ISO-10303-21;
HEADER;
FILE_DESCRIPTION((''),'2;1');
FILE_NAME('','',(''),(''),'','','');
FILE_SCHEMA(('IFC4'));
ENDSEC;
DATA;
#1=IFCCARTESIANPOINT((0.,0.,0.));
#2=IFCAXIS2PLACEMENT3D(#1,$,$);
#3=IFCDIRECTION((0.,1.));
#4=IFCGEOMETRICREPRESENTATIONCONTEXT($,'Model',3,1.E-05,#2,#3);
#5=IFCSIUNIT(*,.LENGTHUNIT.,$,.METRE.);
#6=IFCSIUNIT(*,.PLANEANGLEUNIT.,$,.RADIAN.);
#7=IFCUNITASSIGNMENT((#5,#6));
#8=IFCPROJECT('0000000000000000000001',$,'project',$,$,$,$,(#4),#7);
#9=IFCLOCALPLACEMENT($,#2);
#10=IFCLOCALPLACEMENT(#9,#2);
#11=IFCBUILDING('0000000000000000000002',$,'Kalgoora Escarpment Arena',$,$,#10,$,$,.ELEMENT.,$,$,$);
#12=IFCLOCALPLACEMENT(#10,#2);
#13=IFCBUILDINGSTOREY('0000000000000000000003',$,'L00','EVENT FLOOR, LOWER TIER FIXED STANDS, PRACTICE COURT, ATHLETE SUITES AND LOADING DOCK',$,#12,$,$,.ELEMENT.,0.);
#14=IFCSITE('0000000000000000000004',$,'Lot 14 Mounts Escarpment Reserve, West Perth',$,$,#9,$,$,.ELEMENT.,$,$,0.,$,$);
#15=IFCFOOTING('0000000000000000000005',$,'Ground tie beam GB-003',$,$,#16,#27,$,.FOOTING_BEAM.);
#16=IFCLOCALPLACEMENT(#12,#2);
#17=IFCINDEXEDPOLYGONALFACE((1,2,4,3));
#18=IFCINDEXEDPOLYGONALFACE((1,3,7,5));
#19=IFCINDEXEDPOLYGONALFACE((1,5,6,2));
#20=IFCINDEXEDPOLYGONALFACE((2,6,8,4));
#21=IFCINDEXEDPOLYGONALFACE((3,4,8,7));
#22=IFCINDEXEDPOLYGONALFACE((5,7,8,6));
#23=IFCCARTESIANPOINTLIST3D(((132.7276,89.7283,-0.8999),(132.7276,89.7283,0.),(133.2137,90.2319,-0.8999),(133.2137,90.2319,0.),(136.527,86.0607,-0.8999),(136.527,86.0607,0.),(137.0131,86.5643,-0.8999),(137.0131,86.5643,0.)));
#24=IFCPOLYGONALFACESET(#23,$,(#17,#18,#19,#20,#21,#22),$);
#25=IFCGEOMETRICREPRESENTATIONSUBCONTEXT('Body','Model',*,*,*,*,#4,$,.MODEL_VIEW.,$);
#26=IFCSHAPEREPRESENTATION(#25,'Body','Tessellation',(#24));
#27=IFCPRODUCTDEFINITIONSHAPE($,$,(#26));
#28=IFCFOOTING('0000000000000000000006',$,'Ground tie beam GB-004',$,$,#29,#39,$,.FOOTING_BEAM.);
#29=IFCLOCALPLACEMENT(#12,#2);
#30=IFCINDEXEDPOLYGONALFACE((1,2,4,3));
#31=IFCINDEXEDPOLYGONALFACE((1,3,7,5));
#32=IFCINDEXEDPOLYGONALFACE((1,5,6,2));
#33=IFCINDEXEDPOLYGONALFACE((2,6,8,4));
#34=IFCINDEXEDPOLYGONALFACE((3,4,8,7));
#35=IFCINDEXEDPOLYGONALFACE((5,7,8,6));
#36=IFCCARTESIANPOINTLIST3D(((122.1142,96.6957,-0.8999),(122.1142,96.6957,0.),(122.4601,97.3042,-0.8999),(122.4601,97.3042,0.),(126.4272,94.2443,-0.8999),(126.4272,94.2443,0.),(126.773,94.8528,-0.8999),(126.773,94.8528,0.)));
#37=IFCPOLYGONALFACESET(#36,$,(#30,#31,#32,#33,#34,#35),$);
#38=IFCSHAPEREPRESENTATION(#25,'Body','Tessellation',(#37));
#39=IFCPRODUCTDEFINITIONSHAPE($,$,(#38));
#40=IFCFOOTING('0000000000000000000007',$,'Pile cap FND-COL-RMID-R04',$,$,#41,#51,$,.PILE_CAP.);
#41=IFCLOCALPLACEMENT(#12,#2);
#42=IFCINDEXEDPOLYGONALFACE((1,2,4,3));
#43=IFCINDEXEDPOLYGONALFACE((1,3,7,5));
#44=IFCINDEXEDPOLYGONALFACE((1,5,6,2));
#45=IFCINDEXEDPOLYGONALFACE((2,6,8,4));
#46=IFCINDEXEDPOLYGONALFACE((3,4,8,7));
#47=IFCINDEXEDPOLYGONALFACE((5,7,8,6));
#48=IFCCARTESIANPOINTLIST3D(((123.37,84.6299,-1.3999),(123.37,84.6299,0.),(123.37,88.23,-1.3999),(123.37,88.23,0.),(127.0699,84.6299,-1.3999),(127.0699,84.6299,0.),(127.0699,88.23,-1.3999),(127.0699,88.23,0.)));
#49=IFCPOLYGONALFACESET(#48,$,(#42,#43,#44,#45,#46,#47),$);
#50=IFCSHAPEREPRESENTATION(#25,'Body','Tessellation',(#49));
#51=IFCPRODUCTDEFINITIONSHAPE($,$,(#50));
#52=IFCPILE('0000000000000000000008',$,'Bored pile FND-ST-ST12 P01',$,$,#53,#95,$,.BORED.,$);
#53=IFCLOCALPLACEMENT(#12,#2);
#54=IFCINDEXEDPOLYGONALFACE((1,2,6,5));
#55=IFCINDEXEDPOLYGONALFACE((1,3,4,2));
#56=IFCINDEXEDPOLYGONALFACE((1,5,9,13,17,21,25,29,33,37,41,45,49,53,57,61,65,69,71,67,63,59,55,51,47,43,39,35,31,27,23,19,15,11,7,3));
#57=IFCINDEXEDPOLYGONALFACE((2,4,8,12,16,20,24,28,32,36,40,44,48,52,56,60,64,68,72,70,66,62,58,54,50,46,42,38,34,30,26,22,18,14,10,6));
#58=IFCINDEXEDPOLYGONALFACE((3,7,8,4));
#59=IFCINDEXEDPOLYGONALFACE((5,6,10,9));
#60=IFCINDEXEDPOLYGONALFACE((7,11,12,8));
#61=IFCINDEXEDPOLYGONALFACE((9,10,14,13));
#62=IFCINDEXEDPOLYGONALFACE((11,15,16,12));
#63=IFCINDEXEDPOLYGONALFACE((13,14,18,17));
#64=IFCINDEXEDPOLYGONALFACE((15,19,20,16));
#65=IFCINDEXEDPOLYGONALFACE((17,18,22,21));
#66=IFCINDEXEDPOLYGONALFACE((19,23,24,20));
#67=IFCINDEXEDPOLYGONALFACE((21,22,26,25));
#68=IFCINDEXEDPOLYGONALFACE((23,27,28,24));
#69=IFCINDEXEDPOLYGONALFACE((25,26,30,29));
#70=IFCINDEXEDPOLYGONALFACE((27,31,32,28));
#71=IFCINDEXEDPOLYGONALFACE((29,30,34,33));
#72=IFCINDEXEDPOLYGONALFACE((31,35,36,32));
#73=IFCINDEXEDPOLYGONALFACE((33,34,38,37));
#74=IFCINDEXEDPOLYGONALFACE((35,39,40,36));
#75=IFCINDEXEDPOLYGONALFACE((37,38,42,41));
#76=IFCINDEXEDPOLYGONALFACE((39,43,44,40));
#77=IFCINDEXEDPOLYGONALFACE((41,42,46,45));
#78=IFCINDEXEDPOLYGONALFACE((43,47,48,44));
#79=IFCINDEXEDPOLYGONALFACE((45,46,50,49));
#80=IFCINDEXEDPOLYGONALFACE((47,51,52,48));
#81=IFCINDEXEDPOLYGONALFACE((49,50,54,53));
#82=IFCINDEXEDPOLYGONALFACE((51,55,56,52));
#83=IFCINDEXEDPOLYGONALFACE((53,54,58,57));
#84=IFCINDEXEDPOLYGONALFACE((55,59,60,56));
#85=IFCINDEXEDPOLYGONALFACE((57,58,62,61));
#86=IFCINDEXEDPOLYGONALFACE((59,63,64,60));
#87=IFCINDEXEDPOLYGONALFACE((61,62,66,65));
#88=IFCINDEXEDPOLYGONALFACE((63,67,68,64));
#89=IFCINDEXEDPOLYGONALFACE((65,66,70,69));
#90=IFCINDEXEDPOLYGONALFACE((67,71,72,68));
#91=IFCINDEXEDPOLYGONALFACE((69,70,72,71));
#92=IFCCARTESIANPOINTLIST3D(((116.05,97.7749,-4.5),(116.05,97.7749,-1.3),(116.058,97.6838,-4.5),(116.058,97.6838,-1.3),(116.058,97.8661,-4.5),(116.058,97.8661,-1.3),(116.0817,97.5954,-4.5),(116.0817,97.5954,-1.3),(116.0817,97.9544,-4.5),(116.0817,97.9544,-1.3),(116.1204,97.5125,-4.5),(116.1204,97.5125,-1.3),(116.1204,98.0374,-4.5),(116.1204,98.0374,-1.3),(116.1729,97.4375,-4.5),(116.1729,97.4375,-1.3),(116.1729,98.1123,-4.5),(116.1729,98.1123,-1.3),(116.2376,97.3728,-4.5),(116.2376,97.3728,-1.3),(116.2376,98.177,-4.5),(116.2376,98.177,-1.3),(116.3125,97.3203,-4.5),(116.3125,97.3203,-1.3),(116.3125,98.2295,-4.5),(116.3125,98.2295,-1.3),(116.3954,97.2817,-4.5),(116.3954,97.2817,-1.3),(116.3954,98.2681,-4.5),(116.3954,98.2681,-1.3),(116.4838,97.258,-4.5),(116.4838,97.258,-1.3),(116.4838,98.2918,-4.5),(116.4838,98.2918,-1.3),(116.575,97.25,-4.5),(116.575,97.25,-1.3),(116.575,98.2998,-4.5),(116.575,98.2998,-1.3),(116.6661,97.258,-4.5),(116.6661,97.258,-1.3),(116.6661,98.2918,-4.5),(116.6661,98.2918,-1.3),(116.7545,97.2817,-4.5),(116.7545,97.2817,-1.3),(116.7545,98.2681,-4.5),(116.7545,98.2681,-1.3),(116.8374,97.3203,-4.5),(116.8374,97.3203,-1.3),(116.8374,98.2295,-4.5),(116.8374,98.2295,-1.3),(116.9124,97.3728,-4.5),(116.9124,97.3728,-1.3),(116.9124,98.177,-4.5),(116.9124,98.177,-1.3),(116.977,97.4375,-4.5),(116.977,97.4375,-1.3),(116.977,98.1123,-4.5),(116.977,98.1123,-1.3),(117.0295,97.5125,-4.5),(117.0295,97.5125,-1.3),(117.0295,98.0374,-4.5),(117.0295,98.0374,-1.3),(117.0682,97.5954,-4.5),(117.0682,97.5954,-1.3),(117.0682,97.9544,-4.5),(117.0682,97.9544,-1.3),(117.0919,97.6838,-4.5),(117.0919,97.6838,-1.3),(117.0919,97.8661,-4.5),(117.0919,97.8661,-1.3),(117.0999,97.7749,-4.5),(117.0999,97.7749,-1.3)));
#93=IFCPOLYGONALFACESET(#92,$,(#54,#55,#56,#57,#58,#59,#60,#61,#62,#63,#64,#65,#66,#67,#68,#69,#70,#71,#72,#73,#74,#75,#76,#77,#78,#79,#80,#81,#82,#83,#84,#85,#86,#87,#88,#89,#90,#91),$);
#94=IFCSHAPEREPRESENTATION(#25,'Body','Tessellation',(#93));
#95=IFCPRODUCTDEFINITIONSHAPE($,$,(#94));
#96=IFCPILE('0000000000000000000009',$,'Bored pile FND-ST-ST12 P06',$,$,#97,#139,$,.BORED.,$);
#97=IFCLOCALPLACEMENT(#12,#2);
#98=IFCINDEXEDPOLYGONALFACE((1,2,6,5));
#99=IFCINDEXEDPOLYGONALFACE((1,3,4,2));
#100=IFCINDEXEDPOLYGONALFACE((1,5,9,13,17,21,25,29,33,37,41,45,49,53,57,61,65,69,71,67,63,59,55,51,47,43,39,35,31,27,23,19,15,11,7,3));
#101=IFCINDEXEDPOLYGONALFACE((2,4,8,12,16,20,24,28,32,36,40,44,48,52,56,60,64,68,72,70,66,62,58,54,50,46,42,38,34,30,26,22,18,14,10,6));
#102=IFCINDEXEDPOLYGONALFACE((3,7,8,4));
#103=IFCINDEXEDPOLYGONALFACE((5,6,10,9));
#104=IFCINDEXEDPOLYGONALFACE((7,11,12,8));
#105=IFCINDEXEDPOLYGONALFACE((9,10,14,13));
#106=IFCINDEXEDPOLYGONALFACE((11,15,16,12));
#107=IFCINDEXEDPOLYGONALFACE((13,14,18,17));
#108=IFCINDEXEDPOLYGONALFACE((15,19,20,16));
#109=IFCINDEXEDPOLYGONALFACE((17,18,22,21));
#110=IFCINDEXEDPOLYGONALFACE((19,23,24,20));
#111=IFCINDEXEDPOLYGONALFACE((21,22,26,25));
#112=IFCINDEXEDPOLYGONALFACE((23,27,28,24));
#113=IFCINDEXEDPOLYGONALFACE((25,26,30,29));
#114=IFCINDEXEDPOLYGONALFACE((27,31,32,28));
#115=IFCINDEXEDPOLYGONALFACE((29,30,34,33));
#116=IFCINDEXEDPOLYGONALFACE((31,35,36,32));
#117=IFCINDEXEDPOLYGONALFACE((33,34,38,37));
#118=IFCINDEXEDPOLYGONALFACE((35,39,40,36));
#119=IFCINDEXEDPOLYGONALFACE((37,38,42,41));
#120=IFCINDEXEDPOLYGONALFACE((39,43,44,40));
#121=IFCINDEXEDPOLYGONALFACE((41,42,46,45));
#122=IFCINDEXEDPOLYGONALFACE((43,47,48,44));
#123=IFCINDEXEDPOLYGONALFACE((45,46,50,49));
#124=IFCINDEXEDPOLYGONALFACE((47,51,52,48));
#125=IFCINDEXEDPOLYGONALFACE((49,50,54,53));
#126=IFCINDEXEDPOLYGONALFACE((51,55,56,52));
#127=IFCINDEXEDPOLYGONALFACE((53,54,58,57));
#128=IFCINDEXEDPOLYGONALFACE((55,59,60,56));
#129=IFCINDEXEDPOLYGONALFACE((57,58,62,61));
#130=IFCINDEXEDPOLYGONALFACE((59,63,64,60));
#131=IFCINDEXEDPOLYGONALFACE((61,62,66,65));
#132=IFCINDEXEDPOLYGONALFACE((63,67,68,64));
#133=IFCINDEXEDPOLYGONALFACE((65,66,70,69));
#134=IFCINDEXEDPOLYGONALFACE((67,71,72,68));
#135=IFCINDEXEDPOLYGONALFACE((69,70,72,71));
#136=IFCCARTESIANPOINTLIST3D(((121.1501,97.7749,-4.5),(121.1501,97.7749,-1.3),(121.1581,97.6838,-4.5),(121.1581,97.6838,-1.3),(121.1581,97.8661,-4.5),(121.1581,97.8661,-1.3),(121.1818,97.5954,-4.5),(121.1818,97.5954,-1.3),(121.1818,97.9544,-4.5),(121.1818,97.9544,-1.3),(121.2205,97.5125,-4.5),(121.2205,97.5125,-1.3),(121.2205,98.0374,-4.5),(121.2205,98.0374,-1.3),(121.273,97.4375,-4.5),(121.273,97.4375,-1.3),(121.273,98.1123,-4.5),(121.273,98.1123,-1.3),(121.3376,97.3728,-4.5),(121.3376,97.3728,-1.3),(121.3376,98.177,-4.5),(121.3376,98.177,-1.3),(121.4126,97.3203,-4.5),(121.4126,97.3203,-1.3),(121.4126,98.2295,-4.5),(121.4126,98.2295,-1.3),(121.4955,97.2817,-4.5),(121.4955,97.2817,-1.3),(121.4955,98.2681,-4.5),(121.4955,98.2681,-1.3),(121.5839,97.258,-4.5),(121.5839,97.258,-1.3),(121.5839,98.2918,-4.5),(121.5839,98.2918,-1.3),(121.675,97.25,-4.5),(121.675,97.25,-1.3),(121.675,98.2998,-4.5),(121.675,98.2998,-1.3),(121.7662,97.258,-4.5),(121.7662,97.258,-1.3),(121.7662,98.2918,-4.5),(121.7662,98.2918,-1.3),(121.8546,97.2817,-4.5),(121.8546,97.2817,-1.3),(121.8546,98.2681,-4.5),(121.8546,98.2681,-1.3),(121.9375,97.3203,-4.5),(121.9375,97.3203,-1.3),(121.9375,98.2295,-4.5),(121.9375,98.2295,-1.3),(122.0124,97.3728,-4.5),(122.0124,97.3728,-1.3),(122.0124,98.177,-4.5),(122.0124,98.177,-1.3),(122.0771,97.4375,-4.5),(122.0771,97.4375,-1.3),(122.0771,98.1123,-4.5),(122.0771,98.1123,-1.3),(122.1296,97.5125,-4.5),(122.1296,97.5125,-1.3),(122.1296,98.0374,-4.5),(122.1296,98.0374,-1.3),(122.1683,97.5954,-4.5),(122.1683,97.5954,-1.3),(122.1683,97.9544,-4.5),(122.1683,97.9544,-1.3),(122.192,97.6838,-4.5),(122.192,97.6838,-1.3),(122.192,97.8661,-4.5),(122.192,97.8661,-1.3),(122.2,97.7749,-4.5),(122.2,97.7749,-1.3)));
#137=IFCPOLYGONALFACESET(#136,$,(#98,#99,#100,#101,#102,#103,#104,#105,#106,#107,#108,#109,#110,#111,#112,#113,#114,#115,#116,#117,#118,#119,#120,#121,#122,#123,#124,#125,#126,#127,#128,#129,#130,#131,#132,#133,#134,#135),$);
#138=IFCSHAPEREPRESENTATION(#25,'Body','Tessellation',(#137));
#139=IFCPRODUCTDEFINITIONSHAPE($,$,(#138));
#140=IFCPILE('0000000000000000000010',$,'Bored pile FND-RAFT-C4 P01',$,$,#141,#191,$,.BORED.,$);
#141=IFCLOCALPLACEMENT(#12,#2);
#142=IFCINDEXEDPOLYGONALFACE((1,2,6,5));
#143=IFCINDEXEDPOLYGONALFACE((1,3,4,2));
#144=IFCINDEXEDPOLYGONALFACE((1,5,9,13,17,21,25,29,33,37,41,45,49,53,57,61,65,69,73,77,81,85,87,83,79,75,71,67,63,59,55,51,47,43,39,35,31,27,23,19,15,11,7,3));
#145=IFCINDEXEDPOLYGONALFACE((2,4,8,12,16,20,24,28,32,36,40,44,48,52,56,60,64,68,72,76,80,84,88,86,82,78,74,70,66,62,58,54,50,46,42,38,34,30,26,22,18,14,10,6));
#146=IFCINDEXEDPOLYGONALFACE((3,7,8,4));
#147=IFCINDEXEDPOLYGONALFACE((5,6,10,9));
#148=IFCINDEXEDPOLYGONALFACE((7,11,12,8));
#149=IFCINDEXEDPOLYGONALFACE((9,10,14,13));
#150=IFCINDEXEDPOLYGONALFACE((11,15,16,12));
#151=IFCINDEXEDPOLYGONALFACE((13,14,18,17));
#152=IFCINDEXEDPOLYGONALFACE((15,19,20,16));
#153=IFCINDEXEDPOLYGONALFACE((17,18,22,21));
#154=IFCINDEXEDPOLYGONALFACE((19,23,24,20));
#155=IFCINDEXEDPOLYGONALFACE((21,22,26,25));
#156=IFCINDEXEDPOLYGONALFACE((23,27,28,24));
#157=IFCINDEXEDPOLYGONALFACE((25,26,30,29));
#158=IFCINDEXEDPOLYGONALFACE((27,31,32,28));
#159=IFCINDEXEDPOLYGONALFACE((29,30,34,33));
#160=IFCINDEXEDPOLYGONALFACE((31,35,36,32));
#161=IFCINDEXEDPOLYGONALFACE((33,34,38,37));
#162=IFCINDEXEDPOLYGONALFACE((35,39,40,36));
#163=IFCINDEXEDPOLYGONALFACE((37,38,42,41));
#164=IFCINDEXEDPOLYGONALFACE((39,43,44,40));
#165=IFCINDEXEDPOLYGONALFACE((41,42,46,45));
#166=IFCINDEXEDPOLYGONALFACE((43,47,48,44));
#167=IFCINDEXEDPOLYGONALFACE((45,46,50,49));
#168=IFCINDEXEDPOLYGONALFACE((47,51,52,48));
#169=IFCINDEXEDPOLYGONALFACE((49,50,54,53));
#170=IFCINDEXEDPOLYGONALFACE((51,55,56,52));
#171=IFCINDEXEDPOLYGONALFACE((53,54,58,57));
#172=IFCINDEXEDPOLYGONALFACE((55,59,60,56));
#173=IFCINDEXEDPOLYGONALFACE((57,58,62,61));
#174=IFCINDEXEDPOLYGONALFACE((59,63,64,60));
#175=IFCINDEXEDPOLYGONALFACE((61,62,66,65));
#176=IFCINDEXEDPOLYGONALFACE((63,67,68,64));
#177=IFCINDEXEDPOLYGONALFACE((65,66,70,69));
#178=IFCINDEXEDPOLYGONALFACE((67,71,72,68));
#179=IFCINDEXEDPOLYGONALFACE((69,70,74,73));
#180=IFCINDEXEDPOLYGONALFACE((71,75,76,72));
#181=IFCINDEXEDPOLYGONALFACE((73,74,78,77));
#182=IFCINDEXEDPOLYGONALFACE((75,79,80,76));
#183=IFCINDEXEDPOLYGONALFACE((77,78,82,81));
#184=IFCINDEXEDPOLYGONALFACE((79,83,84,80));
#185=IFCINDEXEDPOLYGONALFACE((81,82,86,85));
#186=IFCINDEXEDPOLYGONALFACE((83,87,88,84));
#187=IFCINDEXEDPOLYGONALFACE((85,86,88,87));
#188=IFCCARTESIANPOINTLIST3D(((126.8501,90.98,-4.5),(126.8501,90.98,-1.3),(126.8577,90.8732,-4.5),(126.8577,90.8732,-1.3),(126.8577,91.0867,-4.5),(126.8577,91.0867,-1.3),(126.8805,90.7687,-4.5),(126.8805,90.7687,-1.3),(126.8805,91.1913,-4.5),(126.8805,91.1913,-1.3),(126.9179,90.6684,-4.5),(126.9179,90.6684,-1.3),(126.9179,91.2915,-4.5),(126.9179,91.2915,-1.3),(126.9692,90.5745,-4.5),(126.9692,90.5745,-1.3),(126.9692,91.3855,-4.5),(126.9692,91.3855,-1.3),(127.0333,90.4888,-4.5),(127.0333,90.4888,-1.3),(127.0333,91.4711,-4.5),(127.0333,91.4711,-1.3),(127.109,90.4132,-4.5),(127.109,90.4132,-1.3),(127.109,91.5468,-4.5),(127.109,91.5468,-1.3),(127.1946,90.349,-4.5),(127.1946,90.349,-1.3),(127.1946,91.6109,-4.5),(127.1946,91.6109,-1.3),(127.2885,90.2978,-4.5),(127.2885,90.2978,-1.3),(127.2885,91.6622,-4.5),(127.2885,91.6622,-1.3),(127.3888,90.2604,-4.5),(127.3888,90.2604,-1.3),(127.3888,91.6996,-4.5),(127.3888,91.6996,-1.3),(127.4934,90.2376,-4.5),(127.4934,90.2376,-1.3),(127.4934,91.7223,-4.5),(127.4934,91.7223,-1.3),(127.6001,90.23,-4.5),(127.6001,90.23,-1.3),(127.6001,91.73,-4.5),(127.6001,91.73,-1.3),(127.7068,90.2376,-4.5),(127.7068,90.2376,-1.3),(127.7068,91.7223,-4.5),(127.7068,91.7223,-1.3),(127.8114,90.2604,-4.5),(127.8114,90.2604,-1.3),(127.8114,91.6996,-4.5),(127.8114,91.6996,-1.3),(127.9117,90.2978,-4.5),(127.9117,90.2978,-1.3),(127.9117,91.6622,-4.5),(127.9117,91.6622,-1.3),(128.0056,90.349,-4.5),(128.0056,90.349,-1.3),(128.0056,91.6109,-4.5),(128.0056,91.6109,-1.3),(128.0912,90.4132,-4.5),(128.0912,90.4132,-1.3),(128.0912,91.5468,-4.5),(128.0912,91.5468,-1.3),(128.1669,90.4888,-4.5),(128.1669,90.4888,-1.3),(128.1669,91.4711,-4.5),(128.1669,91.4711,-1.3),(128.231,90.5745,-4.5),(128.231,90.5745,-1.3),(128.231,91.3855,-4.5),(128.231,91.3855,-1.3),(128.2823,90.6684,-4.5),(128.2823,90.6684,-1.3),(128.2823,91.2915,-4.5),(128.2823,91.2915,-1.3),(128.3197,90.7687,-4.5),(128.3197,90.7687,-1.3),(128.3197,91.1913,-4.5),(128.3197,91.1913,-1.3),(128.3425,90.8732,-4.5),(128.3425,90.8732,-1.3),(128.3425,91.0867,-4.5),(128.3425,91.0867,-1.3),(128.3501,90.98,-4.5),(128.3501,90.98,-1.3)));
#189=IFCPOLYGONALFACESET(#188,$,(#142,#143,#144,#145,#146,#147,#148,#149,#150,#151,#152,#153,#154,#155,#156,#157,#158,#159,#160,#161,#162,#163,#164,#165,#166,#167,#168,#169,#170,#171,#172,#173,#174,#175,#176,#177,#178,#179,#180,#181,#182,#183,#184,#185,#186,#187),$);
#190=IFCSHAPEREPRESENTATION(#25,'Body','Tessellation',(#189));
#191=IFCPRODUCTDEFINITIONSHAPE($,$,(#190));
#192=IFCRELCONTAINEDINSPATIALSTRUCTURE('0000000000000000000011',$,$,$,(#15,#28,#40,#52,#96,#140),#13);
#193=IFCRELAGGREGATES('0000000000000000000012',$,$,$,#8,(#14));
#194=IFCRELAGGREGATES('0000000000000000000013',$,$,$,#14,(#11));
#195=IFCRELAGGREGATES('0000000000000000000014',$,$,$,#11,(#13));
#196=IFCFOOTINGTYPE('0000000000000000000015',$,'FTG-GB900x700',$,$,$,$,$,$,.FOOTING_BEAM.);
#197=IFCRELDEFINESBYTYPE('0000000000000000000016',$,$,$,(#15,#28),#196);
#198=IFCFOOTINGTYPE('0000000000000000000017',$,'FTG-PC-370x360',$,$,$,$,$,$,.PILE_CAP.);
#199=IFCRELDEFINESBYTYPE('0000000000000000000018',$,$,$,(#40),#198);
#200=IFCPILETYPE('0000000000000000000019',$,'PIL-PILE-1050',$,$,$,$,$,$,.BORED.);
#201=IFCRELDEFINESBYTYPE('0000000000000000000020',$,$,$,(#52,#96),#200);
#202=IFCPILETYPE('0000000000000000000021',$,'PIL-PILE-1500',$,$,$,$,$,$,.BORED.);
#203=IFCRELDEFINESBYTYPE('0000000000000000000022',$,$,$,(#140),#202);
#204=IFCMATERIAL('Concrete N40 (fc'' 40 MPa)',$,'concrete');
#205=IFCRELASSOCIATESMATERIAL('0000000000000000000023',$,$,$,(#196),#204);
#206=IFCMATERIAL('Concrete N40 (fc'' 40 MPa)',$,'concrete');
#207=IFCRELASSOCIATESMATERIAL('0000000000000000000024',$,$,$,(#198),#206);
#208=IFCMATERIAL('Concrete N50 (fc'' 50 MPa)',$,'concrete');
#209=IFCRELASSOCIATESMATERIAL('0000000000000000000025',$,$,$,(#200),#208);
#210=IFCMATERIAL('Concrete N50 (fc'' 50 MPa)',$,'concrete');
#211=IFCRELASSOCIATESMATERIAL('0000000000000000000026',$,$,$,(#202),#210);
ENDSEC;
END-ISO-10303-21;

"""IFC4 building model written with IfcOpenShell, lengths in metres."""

from ifc_helpers import new_model, si_unit, direction, frame, origin, origin_2d, place, context, subcontext, project, spatial, rectangle, circle, extrude, material, material_profile, profile_set, type_object, element, save


model = new_model("IFC4")

# Units and contexts
model_context = context("Model", 3, precision=1e-05, world=origin(), true_north=direction((0.0, 1.0)))
body_context = subcontext(model_context, "Body", "Model", "MODEL_VIEW")
ifc_project = project(units=[si_unit("LENGTHUNIT", "METRE"), si_unit("PLANEANGLEUNIT", "RADIAN")], contexts=[model_context])

# Site, building, storey
site_placement = place(None, origin())
site = spatial("IfcSite", under=ifc_project, at=site_placement, Name="Lot 14 Mounts Escarpment Reserve, West Perth", CompositionType="ELEMENT", RefElevation=0.0)
building_placement = place(site_placement, origin())
building = spatial("IfcBuilding", under=site, at=building_placement, Name="Kalgoora Escarpment Arena", CompositionType="ELEMENT")
storey_placement = place(building_placement, origin())
storey = spatial("IfcBuildingStorey", under=building, at=storey_placement, Name="L00", Description="EVENT FLOOR, LOWER TIER FIXED STANDS, PRACTICE COURT, ATHLETE SUITES AND LOADING DOCK", CompositionType="ELEMENT", Elevation=0.0)

# Footings
ifc_material_1 = material(Name="Concrete N40 (fc' 40 MPa)", Category="concrete")
ifc_material_profile_1 = material_profile(ifc_material_1, rectangle(XDim=0.7, YDim=0.8999, at=origin_2d()))
ifc_profile_set_1 = profile_set([ifc_material_profile_1], Name="Concrete N40 (fc' 40 MPa)")
footing_type_1 = type_object("IfcFootingType", Name="FTG-GB900x700", PredefinedType="FOOTING_BEAM", material=ifc_profile_set_1)
footing_1_placement = place(storey_placement, frame((136.77, 86.3125, -0.45), z_axis=(-0.71948, 0.694514, 0.0), x_axis=(-0.694514, -0.71948, 0.0)))
element("IfcFooting", 1, at=footing_1_placement, inside=storey, type_object=footing_type_1, Name="Ground tie beam GB-003", PredefinedType="FOOTING_BEAM", context=body_context, shape_type="SweptSolid", body=[
    extrude(rectangle(XDim=0.7, YDim=0.8999, at=origin_2d()), origin(), (0.0, 0.0, 1.0), 5.2808),
])
footing_2_placement = place(storey_placement, frame((126.6001, 94.5486, -0.45), z_axis=(-0.869383, 0.49414, 0.0), x_axis=(-0.49414, -0.869383, 0.0)))
element("IfcFooting", 2, at=footing_2_placement, inside=storey, type_object=footing_type_1, Name="Ground tie beam GB-004", PredefinedType="FOOTING_BEAM", context=body_context, shape_type="SweptSolid", body=[
    extrude(rectangle(XDim=0.7, YDim=0.8999, at=origin_2d()), origin(), (0.0, 0.0, 1.0), 4.9609),
])
ifc_material_2 = material(Name="Concrete N40 (fc' 40 MPa)", Category="concrete")
footing_type_2 = type_object("IfcFootingType", Name="FTG-PC-370x360", PredefinedType="PILE_CAP", material=ifc_material_2)
footing_3_placement = place(storey_placement, frame((125.22, 86.4299, -1.3999), z_axis=(0.0, 0.0, 1.0), x_axis=(1.0, 0.0, 0.0)))
element("IfcFooting", 3, at=footing_3_placement, inside=storey, type_object=footing_type_2, Name="Pile cap FND-COL-RMID-R04", PredefinedType="PILE_CAP", context=body_context, shape_type="SweptSolid", body=[
    extrude(rectangle(XDim=3.7, YDim=3.6001, at=origin_2d()), origin(), (0.0, 0.0, 1.0), 1.3999),
])

# Piles
ifc_material_3 = material(Name="Concrete N50 (fc' 50 MPa)", Category="concrete")
ifc_material_profile_2 = material_profile(ifc_material_3, circle(Radius=0.5249, at=origin_2d()))
ifc_profile_set_2 = profile_set([ifc_material_profile_2], Name="Concrete N50 (fc' 50 MPa)")
pile_type_1 = type_object("IfcPileType", Name="PIL-PILE-1050", PredefinedType="BORED", material=ifc_profile_set_2)
for number, where, z_axis, x_axis, name in (
    (4, (116.575, 97.7749, -1.3), (0.0, 0.0, -1.0), (1.0, 0.0, 0.0), "Bored pile FND-ST-ST12 P01"),
    (5, (121.675, 97.7749, -1.3), (0.0, 0.0, -1.0), (1.0, 0.0, 0.0), "Bored pile FND-ST-ST12 P06"),
):
    element("IfcPile", number, at=place(storey_placement, frame(where, z_axis=z_axis, x_axis=x_axis)), inside=storey, type_object=pile_type_1, Name=name, PredefinedType="BORED", context=body_context, shape_type="SweptSolid", body=[
        extrude(circle(Radius=0.5249, at=origin_2d()), origin(), (0.0, 0.0, 1.0), 3.2),
    ])
ifc_material_4 = material(Name="Concrete N50 (fc' 50 MPa)", Category="concrete")
ifc_material_profile_3 = material_profile(ifc_material_4, circle(Radius=0.75, at=origin_2d()))
ifc_profile_set_3 = profile_set([ifc_material_profile_3], Name="Concrete N50 (fc' 50 MPa)")
pile_type_2 = type_object("IfcPileType", Name="PIL-PILE-1500", PredefinedType="BORED", material=ifc_profile_set_3)
for number, where, z_axis, x_axis, name in (
    (6, (127.6001, 90.98, -1.3), (0.0, 0.0, -1.0), (1.0, 0.0, 0.0), "Bored pile FND-RAFT-C4 P01"),
):
    element("IfcPile", number, at=place(storey_placement, frame(where, z_axis=z_axis, x_axis=x_axis)), inside=storey, type_object=pile_type_2, Name=name, PredefinedType="BORED", context=body_context, shape_type="SweptSolid", body=[
        extrude(circle(Radius=0.75, at=origin_2d()), origin(), (0.0, 0.0, 1.0), 3.2),
    ])

save(model, "model.ifc")
